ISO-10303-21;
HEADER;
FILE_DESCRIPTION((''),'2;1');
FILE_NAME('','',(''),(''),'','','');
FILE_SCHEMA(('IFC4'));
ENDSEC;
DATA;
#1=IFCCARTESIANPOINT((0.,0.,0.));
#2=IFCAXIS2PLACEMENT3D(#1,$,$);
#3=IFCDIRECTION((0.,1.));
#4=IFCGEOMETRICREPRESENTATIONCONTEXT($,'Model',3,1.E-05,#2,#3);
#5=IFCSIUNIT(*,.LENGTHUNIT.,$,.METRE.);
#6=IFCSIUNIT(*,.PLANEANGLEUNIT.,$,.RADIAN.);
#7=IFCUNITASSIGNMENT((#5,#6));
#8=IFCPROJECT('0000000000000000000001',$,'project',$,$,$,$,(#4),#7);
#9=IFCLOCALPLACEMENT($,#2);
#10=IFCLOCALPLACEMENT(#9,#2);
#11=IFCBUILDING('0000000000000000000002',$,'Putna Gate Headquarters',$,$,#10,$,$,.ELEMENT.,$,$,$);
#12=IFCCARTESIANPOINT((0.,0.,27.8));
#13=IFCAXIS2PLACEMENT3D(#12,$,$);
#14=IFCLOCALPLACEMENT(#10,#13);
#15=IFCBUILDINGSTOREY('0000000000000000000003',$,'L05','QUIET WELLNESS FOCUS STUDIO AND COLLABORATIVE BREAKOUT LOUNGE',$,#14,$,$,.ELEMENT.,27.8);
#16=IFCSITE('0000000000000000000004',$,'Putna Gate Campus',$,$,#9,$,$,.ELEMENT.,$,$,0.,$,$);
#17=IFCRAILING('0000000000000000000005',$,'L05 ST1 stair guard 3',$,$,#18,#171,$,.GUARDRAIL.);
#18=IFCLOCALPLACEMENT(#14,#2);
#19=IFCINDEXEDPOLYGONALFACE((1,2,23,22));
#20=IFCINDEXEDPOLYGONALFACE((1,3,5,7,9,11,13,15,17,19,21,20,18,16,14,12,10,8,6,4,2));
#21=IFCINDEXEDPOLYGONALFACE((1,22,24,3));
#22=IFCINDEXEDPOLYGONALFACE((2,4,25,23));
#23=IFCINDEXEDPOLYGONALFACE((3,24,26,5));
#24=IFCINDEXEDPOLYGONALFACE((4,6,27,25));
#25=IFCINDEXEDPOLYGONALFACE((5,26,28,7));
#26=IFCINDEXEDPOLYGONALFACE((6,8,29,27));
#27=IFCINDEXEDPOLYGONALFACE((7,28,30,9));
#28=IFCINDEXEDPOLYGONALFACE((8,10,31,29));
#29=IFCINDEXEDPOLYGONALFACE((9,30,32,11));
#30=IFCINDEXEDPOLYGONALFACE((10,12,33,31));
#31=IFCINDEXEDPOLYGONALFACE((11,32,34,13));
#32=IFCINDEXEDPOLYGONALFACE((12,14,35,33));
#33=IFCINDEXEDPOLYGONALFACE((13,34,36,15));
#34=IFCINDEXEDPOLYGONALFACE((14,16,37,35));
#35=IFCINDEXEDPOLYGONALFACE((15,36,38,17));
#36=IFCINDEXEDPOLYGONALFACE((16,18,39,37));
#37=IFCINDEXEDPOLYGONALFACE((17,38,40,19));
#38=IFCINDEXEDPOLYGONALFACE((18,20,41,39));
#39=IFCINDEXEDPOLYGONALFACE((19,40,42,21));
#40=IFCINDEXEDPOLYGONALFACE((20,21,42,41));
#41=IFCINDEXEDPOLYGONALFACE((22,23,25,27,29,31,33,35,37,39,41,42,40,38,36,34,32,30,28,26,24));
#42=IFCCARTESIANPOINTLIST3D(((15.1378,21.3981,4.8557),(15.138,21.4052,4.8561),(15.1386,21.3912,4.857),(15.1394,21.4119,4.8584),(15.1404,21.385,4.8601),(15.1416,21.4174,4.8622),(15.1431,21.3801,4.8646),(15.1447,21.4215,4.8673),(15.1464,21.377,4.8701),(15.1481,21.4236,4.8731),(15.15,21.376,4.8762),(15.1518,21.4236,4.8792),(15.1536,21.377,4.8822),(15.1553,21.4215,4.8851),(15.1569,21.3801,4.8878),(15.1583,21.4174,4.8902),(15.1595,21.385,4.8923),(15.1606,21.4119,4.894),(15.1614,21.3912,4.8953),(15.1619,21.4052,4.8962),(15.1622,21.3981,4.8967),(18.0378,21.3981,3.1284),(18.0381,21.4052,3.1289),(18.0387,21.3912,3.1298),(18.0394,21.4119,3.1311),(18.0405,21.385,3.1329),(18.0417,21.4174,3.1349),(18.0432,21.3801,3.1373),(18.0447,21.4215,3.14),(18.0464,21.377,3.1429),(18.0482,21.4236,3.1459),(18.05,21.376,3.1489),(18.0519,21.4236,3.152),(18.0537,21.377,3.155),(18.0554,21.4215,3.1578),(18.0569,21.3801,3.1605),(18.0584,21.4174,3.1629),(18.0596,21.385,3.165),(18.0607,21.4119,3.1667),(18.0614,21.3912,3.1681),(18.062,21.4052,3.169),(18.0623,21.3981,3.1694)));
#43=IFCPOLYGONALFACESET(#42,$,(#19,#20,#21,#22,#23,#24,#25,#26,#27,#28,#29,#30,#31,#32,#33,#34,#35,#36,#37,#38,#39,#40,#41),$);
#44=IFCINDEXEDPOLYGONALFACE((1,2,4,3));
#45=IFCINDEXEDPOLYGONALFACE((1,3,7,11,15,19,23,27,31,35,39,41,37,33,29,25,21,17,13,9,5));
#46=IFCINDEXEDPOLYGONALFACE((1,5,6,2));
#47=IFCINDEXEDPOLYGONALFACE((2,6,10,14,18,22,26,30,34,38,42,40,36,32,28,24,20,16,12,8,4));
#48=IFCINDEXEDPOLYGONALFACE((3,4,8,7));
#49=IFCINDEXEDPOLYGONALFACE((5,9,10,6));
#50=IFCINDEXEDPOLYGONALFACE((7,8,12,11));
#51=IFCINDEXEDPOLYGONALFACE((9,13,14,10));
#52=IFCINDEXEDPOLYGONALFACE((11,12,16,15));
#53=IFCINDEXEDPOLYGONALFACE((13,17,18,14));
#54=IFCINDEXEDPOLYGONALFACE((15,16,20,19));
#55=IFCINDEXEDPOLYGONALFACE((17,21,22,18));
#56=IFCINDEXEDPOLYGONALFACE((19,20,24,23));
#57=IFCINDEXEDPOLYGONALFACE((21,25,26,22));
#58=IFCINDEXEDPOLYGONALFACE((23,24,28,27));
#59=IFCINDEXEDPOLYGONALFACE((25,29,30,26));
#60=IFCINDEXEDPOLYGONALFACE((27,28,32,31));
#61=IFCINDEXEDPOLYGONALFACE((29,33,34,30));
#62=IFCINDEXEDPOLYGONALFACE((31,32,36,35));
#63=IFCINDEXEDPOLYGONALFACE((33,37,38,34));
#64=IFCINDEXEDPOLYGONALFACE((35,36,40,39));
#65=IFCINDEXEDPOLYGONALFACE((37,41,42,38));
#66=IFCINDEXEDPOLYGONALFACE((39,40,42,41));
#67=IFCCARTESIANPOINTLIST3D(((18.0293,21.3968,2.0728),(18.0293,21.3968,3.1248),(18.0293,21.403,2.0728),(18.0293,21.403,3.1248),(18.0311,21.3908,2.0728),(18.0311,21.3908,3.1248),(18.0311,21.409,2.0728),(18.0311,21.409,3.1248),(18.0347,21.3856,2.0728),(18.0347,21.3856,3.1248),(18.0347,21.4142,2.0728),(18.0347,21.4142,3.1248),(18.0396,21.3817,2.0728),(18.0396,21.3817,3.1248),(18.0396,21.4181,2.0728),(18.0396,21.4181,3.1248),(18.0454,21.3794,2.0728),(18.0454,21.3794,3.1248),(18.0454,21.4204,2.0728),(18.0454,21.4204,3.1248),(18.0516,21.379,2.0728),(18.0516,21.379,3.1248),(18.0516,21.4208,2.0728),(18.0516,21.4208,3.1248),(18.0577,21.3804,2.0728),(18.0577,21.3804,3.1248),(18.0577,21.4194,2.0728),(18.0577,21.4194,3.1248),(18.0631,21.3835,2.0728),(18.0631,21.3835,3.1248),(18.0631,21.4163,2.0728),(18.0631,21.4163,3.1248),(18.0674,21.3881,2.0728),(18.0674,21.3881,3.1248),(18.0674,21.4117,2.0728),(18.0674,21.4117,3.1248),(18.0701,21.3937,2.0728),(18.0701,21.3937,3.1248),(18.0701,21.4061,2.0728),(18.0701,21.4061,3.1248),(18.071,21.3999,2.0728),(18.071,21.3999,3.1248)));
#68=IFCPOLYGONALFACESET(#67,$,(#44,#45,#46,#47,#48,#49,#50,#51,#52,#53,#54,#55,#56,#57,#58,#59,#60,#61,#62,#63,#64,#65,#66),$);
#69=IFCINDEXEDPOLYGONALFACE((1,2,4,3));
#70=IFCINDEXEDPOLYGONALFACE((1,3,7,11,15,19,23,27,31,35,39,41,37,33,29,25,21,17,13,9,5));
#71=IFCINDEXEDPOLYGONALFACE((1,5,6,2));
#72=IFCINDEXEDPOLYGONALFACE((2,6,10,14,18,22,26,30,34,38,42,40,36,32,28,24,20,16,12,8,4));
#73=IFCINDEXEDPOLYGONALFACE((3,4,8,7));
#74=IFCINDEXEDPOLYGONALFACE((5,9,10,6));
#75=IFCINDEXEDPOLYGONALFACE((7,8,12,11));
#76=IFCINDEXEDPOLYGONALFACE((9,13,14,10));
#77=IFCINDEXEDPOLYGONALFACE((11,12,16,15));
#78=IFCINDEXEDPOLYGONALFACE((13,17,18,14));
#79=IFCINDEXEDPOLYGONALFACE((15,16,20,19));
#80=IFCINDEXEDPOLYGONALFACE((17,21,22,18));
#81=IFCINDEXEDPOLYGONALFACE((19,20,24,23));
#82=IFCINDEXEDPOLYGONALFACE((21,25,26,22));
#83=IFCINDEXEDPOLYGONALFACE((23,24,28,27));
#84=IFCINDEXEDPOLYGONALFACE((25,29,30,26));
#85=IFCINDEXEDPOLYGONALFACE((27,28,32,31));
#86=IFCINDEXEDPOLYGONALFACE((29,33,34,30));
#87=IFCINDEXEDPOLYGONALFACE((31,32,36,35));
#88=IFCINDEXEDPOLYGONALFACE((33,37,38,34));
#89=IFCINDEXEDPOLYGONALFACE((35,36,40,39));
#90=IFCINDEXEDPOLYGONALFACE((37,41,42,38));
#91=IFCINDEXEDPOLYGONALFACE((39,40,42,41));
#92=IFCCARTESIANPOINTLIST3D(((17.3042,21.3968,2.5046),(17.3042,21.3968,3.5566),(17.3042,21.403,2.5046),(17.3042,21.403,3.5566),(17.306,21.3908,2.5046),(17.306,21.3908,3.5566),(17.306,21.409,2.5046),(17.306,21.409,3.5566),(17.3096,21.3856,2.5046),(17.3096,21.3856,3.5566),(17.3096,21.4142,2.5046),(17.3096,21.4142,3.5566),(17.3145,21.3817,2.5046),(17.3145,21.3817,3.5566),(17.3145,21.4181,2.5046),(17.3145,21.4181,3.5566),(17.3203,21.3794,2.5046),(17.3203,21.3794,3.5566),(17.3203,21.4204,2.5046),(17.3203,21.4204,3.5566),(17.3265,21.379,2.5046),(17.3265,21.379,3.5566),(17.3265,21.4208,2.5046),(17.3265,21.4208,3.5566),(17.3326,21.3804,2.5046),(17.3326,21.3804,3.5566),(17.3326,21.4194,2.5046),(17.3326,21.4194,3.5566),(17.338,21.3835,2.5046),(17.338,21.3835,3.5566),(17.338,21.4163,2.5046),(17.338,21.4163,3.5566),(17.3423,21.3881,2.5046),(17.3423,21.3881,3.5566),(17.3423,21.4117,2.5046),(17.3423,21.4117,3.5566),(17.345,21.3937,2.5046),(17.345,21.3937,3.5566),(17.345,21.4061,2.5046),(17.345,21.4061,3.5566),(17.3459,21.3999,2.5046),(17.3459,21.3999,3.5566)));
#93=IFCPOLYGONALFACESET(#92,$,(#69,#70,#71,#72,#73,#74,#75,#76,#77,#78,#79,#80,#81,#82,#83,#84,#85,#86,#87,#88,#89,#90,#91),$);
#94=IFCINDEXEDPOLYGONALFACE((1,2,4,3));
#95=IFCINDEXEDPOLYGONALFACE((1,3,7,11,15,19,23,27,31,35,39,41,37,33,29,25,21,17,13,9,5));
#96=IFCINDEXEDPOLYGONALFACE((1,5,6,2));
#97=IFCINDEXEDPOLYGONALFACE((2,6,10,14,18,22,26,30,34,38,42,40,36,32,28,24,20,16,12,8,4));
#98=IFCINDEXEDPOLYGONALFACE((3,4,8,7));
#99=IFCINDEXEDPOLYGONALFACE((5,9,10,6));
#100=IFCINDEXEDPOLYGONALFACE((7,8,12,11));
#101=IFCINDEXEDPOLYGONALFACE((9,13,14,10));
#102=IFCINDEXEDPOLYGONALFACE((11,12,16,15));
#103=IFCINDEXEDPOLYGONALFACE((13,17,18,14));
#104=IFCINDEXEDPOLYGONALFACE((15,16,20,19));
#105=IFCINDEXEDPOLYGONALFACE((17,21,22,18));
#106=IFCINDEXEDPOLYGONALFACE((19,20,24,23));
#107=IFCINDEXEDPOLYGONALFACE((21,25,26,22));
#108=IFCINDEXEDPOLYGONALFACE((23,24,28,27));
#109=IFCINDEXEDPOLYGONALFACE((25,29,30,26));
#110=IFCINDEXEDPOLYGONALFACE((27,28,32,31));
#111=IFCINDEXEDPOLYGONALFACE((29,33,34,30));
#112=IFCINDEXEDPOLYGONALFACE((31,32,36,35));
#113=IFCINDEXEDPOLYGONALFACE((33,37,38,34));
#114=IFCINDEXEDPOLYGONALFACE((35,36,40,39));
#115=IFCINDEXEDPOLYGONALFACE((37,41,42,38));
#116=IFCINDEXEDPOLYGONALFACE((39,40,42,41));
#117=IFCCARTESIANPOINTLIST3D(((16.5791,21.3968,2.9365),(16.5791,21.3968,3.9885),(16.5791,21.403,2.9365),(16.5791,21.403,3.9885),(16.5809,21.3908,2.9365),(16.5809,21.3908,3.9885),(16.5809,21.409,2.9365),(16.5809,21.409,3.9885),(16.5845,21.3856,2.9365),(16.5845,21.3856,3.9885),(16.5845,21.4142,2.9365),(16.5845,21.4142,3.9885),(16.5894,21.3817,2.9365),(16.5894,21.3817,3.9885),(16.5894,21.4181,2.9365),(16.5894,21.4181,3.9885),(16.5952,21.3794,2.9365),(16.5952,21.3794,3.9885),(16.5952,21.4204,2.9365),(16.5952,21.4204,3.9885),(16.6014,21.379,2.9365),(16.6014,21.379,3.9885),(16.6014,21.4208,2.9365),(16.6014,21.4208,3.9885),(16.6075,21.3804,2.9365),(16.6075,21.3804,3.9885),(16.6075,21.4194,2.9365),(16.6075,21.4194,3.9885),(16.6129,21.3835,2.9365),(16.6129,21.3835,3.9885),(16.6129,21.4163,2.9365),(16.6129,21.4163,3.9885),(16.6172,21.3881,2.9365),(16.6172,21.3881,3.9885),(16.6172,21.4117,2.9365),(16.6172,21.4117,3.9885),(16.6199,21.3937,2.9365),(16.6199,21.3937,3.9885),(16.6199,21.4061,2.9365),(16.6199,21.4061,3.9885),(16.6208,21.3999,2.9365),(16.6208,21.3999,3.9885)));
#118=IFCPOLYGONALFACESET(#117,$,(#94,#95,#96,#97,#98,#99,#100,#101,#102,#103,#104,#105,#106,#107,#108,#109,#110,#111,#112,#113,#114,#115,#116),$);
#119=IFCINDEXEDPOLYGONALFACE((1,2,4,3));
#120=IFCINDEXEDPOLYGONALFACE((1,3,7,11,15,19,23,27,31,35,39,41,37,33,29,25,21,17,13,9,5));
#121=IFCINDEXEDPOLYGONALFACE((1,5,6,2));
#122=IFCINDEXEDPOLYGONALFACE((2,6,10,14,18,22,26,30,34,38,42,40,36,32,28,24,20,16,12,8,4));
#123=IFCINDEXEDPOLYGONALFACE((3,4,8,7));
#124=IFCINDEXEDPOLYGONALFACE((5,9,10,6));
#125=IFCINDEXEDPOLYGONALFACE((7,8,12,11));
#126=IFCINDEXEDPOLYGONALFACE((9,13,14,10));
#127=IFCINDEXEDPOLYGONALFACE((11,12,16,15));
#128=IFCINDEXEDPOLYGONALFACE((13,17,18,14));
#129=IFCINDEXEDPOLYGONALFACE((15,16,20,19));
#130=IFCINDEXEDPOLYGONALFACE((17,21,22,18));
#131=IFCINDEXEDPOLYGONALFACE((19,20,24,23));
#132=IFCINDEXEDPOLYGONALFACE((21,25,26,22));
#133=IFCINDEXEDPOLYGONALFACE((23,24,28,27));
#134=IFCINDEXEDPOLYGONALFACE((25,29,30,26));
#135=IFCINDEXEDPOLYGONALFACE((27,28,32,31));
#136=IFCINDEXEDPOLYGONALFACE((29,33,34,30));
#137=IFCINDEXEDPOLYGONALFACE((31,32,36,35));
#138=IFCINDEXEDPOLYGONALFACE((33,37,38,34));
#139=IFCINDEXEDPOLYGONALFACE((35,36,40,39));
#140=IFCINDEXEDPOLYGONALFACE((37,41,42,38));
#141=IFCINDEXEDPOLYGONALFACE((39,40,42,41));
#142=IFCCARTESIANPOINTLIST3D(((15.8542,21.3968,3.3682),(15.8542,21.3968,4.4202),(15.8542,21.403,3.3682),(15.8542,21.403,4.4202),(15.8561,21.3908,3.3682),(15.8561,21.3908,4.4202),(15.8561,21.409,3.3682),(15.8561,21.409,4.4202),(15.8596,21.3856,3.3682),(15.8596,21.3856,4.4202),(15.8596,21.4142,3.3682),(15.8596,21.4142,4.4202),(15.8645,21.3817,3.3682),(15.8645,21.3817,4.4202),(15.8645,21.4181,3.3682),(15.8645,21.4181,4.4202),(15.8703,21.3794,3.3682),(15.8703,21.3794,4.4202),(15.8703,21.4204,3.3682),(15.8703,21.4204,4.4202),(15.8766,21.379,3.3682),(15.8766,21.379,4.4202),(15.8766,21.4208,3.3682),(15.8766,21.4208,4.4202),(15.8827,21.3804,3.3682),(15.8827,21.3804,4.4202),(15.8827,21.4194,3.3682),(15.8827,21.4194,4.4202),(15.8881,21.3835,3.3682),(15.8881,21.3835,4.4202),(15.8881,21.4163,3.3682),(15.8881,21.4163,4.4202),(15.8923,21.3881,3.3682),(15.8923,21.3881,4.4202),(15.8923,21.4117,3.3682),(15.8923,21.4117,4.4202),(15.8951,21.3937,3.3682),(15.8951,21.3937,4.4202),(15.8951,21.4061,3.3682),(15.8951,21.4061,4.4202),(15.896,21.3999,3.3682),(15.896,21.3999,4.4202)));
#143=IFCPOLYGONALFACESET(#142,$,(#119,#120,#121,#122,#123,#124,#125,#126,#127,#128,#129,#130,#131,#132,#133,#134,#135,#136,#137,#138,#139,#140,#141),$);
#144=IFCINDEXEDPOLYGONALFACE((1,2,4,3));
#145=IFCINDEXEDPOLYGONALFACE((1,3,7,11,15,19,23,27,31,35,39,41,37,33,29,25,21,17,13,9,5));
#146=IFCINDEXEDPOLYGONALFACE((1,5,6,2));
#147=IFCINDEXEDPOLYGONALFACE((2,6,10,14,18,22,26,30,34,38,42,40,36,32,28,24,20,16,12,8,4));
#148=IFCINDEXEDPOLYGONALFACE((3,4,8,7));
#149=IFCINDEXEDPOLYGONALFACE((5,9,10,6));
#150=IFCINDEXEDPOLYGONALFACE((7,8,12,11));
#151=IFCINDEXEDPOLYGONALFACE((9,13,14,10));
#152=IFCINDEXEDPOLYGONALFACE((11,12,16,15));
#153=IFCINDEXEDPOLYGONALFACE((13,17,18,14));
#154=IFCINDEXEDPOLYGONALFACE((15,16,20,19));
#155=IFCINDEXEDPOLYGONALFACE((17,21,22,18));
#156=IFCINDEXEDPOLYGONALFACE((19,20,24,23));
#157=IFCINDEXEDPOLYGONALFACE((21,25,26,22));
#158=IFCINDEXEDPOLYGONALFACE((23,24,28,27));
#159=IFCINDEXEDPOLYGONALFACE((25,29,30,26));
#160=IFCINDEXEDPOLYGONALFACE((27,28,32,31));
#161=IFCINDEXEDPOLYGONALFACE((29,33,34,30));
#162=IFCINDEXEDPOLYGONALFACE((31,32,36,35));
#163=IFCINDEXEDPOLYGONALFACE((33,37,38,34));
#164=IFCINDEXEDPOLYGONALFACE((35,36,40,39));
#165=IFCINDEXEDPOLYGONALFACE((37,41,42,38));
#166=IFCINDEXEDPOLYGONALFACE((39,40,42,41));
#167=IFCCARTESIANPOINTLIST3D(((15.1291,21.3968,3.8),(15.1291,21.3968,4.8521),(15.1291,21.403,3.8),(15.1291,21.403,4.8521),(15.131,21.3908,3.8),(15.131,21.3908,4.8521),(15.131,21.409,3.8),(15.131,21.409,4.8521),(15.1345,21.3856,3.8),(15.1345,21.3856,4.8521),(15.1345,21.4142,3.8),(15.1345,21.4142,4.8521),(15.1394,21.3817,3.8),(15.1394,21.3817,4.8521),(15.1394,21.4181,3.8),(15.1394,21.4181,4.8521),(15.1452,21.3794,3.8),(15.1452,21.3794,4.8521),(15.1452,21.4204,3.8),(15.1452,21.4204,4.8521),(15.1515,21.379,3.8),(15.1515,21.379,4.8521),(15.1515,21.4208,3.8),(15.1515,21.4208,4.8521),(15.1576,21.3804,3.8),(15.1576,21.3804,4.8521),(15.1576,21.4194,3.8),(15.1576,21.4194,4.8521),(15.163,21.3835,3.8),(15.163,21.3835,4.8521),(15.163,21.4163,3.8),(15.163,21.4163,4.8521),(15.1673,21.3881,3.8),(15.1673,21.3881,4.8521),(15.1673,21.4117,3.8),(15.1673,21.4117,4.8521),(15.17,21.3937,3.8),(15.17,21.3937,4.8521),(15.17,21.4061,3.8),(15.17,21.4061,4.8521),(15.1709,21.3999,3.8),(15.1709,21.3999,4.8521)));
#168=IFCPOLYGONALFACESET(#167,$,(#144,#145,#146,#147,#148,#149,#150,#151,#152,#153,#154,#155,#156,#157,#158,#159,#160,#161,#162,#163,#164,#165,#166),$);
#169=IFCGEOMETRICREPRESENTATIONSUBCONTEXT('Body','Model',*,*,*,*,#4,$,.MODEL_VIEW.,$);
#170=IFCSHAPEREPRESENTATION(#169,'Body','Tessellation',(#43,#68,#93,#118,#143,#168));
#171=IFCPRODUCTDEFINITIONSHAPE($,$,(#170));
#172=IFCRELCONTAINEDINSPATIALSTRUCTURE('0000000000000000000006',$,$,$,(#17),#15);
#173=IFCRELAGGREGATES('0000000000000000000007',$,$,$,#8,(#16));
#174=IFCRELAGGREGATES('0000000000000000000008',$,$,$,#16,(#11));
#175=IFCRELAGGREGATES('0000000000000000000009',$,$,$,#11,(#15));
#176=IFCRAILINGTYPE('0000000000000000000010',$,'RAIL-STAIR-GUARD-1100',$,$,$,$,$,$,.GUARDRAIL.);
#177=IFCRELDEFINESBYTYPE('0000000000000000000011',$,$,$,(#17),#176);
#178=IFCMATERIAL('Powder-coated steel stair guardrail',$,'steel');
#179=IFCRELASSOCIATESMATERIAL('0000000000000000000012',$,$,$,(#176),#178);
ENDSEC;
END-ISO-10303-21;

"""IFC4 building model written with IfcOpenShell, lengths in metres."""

from ifc_helpers import new_model, si_unit, direction, frame, origin, origin_2d, place, context, subcontext, project, spatial, circle, extrude, material, type_object, element, save


model = new_model("IFC4")

# Units and contexts
model_context = context("Model", 3, precision=1e-05, world=origin(), true_north=direction((0.0, 1.0)))
body_context = subcontext(model_context, "Body", "Model", "MODEL_VIEW")
ifc_project = project(units=[si_unit("LENGTHUNIT", "METRE"), si_unit("PLANEANGLEUNIT", "RADIAN")], contexts=[model_context])

# Site, building, storey
site_placement = place(None, origin())
site = spatial("IfcSite", under=ifc_project, at=site_placement, Name="Putna Gate Campus", CompositionType="ELEMENT", RefElevation=0.0)
building_placement = place(site_placement, origin())
building = spatial("IfcBuilding", under=site, at=building_placement, Name="Putna Gate Headquarters", CompositionType="ELEMENT")
storey_placement = place(building_placement, frame((0.0, 0.0, 27.8)))
storey = spatial("IfcBuildingStorey", under=building, at=storey_placement, Name="L05", Description="QUIET WELLNESS FOCUS STUDIO AND COLLABORATIVE BREAKOUT LOUNGE", CompositionType="ELEMENT", Elevation=27.8)

# Railing
ifc_material_1 = material(Name="Powder-coated steel stair guardrail", Category="steel")
railing_type_1 = type_object("IfcRailingType", Name="RAIL-STAIR-GUARD-1100", PredefinedType="GUARDRAIL", material=ifc_material_1)
railing_1_placement = place(storey_placement, frame((18.05, 21.3999, 2.0728)))
element("IfcRailing", 1, at=railing_1_placement, inside=storey, type_object=railing_type_1, Name="L05 ST1 stair guard 3", PredefinedType="GUARDRAIL", context=body_context, shape_type="SweptSolid", body=[
    extrude(circle(Radius=0.0239, at=origin_2d()), frame((0.0, 0.0, 1.0762), z_axis=(-0.85916, 0.0, 0.511706), x_axis=(0.0, -1.0, 0.0)), (0.0, 0.0, 1.0), 3.3755),
    extrude(circle(Radius=0.021, at=origin_2d()), origin(), (0.0, 0.0, 1.0), 1.052),
    extrude(circle(Radius=0.021, at=origin_2d()), frame((-0.7251, 0.0, 0.4319)), (0.0, 0.0, 1.0), 1.052),
    extrude(circle(Radius=0.021, at=origin_2d()), frame((-1.4502, 0.0, 0.8638)), (0.0, 0.0, 1.0), 1.052),
    extrude(circle(Radius=0.021, at=origin_2d()), frame((-2.175, 0.0, 1.2954)), (0.0, 0.0, 1.0), 1.052),
    extrude(circle(Radius=0.021, at=origin_2d()), frame((-2.9001, 0.0, 1.7273)), (0.0, 0.0, 1.0), 1.052),
])

save(model, "model.ifc")
